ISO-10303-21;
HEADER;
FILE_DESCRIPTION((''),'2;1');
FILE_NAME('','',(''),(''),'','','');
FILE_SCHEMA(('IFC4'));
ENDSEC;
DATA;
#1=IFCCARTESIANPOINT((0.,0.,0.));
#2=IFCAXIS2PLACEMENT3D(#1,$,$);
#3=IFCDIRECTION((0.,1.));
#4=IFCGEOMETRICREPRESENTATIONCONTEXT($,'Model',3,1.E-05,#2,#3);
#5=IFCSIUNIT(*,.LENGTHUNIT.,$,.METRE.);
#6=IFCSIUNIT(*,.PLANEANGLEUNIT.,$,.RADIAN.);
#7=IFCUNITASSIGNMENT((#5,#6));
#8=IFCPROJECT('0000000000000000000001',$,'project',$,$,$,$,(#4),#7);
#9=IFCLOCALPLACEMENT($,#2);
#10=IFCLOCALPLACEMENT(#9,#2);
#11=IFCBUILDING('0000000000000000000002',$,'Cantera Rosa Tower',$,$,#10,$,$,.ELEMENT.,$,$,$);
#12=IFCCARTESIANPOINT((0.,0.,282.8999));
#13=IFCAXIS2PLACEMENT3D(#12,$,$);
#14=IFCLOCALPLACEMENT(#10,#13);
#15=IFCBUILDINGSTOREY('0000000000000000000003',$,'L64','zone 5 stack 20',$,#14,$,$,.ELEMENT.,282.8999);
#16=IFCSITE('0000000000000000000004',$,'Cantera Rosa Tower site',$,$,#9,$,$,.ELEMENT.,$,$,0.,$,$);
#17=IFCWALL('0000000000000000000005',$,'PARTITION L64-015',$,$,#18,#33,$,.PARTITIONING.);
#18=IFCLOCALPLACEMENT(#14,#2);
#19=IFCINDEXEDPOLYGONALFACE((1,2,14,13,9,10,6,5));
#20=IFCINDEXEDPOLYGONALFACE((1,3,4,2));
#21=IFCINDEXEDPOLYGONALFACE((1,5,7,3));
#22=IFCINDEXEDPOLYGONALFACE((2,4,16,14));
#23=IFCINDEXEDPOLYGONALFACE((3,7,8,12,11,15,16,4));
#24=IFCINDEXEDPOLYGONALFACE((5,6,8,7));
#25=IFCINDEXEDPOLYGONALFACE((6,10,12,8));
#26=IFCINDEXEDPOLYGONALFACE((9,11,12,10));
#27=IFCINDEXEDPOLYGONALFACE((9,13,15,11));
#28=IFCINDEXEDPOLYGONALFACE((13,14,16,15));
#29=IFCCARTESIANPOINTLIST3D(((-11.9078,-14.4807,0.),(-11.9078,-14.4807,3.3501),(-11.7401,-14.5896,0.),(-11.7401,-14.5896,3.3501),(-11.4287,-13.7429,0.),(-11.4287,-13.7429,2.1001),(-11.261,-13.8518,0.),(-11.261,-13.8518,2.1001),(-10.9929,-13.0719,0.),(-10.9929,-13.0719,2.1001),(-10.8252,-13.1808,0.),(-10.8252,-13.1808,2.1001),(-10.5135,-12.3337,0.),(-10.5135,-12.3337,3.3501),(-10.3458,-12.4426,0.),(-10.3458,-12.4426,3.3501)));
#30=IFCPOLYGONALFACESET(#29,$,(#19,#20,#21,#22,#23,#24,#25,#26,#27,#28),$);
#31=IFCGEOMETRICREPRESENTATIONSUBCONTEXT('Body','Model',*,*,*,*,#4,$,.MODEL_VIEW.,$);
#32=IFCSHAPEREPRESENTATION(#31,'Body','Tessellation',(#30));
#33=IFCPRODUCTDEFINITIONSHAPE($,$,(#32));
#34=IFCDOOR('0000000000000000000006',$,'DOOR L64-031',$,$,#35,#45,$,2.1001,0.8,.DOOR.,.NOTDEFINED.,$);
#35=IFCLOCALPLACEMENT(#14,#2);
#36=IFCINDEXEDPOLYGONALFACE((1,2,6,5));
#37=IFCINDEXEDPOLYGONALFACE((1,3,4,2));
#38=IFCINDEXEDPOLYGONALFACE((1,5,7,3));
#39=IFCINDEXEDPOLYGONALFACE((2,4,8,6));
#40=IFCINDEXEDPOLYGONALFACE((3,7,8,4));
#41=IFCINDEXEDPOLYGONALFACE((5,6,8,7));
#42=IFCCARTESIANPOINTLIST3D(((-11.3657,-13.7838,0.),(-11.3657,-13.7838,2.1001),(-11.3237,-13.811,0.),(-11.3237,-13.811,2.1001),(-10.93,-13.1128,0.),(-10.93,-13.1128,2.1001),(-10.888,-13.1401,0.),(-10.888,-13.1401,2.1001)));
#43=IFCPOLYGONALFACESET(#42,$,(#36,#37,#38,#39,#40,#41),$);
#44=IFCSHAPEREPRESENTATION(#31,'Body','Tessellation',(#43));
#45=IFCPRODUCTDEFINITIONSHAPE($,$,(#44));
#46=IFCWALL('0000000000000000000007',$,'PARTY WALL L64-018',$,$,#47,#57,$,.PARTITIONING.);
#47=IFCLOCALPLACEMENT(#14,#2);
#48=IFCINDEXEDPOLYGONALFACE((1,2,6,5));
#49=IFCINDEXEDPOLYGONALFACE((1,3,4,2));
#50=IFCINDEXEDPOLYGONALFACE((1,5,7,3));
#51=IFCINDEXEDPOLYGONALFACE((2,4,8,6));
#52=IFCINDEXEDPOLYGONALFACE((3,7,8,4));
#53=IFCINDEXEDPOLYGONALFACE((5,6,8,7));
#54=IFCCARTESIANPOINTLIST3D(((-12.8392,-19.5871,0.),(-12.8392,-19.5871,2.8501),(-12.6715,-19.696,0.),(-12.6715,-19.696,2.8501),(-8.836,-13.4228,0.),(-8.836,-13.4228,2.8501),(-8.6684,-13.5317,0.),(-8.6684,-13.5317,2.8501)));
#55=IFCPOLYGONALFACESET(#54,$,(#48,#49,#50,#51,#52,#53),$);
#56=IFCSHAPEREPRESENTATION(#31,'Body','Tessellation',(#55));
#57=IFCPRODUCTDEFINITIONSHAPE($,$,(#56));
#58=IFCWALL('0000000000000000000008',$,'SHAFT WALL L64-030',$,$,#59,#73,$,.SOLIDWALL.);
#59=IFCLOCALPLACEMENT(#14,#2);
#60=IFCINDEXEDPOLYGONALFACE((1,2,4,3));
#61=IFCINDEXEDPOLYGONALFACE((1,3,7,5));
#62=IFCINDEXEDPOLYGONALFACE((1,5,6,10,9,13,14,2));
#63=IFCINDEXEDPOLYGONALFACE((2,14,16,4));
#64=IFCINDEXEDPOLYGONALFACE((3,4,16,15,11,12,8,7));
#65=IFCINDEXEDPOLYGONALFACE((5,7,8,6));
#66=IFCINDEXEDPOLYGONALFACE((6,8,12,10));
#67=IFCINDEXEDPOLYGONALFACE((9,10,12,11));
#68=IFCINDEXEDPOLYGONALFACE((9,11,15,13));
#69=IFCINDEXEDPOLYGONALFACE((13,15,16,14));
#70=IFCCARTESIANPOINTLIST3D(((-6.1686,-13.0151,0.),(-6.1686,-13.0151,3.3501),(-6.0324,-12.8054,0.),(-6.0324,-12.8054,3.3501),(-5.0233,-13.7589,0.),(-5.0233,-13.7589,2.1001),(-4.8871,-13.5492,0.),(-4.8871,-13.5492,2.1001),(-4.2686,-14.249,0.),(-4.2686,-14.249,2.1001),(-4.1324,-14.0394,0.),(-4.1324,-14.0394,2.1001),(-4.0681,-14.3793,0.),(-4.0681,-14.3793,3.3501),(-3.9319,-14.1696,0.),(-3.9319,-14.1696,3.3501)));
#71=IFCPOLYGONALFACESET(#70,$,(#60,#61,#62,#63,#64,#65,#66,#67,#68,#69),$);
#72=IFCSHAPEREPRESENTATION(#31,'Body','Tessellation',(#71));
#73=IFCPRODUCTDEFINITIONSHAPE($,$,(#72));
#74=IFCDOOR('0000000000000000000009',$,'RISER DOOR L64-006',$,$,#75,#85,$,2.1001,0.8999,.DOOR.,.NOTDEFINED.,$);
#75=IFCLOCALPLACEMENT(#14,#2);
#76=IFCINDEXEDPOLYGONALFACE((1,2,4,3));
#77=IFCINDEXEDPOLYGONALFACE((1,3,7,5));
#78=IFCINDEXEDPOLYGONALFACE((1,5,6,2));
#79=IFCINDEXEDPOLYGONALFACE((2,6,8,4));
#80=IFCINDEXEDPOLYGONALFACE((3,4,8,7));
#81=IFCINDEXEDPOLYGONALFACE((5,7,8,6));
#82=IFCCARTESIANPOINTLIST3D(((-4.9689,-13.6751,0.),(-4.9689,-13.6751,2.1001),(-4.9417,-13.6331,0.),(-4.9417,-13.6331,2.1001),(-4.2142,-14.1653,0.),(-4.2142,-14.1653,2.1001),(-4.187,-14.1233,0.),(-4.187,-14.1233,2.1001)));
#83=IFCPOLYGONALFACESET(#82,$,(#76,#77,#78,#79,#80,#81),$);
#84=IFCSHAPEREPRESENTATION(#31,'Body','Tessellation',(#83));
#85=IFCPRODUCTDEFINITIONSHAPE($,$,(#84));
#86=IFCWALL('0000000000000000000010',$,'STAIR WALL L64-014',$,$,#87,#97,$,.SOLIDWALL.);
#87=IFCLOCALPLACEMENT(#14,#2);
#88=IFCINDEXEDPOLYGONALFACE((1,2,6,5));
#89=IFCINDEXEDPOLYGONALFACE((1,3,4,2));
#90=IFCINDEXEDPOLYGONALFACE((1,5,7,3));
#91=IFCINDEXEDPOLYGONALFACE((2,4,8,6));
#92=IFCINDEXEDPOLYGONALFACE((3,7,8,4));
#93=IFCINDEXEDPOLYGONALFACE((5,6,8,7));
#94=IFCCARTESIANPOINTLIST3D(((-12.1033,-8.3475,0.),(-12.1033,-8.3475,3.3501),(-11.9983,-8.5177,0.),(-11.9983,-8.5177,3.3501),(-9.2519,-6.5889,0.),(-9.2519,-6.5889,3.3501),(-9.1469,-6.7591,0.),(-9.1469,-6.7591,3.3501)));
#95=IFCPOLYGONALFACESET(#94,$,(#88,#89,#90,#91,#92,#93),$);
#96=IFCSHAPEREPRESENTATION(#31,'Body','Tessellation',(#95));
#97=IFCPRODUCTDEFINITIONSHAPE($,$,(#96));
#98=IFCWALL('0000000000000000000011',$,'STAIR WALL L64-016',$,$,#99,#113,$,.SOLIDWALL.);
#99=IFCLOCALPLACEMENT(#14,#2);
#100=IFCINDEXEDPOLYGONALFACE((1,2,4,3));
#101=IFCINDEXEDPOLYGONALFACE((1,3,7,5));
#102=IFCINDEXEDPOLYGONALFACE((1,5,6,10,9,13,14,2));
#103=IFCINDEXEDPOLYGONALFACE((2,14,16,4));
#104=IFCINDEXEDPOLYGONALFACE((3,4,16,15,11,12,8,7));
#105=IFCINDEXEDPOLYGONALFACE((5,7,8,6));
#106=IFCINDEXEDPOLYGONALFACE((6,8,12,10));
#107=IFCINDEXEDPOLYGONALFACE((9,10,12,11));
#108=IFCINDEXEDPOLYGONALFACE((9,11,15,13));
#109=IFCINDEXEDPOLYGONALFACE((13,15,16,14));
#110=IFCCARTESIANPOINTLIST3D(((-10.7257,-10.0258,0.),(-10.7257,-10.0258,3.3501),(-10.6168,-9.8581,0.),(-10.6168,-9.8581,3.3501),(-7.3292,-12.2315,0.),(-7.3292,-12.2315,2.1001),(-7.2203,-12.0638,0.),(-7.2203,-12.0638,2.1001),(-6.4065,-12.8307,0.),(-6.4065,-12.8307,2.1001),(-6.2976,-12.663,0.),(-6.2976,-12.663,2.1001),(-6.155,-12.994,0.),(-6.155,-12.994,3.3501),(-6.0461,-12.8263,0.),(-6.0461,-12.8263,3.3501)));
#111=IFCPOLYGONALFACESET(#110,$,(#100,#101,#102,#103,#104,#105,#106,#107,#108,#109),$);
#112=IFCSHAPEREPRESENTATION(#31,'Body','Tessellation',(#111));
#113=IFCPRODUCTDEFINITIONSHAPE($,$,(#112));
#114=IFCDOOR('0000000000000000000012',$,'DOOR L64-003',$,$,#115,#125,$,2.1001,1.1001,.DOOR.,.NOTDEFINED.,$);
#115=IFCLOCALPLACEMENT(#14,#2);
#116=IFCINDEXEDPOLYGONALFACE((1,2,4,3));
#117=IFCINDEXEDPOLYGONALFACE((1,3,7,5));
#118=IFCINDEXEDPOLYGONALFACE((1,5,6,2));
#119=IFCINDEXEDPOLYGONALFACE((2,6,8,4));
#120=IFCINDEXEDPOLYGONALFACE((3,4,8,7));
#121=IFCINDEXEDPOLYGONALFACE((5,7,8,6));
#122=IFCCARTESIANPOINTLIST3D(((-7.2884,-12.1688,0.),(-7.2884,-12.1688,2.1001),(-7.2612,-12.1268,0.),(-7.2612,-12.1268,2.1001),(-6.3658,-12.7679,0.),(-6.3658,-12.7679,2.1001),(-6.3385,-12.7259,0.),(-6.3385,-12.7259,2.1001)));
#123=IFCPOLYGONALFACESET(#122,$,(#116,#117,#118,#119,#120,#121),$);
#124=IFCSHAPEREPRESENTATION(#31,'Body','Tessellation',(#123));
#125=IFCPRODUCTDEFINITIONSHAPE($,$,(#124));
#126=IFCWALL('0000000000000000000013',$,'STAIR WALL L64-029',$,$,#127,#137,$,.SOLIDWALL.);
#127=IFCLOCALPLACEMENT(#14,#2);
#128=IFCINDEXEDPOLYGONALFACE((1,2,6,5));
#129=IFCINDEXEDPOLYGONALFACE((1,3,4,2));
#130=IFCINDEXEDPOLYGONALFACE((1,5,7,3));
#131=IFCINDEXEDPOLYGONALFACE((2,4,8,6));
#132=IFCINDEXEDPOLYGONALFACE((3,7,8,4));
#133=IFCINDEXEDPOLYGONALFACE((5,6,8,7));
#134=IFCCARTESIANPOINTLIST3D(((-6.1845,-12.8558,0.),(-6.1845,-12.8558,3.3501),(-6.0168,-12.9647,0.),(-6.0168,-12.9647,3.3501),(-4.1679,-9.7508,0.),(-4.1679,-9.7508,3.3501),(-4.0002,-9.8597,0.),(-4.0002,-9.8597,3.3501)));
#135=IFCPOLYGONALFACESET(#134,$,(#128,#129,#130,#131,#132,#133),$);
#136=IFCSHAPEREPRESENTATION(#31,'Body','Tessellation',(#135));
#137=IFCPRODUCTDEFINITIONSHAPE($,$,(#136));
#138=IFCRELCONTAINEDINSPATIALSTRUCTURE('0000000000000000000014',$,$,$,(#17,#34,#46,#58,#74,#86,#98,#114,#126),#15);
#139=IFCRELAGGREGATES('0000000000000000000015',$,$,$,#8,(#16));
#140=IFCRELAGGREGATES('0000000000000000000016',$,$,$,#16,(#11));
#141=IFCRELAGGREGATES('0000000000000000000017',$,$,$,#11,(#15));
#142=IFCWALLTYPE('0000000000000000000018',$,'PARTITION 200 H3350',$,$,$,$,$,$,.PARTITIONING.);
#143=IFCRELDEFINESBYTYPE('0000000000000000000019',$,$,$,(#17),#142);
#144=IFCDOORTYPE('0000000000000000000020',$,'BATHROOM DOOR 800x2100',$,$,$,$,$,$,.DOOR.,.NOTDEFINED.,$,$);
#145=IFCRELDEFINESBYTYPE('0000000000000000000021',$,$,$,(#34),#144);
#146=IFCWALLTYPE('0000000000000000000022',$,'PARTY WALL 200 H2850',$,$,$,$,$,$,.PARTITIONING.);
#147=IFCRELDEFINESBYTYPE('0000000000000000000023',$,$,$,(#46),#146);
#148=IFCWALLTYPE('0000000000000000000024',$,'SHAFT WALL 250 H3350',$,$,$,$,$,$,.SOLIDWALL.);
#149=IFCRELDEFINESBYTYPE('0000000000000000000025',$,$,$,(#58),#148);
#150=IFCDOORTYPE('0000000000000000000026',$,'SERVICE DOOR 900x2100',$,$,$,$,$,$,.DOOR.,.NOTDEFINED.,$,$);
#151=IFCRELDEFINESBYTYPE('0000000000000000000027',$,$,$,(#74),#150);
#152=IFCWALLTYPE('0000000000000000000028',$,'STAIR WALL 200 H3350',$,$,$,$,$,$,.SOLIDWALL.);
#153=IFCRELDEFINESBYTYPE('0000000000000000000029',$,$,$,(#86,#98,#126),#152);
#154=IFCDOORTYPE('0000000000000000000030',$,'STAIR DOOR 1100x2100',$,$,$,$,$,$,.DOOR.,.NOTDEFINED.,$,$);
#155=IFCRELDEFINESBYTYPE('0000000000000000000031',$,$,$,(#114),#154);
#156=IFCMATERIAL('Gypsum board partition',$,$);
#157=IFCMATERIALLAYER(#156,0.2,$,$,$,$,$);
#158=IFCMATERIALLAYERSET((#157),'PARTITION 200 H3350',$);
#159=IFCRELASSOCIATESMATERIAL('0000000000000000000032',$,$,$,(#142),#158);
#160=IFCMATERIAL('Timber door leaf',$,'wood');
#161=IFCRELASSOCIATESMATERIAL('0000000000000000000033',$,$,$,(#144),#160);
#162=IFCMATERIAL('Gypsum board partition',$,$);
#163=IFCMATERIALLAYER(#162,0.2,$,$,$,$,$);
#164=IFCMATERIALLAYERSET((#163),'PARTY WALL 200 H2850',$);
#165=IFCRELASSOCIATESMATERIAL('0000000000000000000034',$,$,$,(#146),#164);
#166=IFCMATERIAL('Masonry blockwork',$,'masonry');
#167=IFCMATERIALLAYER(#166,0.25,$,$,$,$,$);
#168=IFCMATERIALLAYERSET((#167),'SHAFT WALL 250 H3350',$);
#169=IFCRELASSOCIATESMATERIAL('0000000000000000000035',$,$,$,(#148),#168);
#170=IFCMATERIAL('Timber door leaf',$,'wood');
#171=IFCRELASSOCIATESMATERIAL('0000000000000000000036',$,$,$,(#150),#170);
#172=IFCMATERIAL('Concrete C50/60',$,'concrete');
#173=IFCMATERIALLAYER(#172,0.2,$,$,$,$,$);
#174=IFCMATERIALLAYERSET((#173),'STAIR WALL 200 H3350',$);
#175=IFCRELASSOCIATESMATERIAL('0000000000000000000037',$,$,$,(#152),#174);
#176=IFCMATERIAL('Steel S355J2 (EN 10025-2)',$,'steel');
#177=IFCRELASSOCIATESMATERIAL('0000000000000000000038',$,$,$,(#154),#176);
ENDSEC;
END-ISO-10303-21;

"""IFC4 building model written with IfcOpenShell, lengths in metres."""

from ifc_helpers import new_model, si_unit, direction, frame, frame_2d, origin, place, context, subcontext, project, spatial, rectangle, extrude, material, layer, layer_set, type_object, element, fill, save


model = new_model("IFC4")

# Units and contexts
model_context = context("Model", 3, precision=1e-05, world=origin(), true_north=direction((0.0, 1.0)))
body_context = subcontext(model_context, "Body", "Model", "MODEL_VIEW")
ifc_project = project(units=[si_unit("LENGTHUNIT", "METRE"), si_unit("PLANEANGLEUNIT", "RADIAN")], contexts=[model_context])

# Site, building, storey
site_placement = place(None, origin())
site = spatial("IfcSite", under=ifc_project, at=site_placement, Name="Cantera Rosa Tower site", CompositionType="ELEMENT", RefElevation=0.0)
building_placement = place(site_placement, origin())
building = spatial("IfcBuilding", under=site, at=building_placement, Name="Cantera Rosa Tower", CompositionType="ELEMENT")
storey_placement = place(building_placement, frame((0.0, 0.0, 282.8999)))
storey = spatial("IfcBuildingStorey", under=building, at=storey_placement, Name="L64", Description="zone 5 stack 20", CompositionType="ELEMENT", Elevation=282.8999)

# Wall, opening, door
ifc_material_1 = material(Name="Gypsum board partition")
ifc_layer_1 = layer(ifc_material_1, 0.2)
ifc_layer_set_1 = layer_set([ifc_layer_1], Name="PARTITION 200 H3350")
wall_type_1 = type_object("IfcWallType", Name="PARTITION 200 H3350", PredefinedType="PARTITIONING", material=ifc_layer_set_1)
wall_1_placement = place(storey_placement, frame((-11.824, -14.5352, 0.0), z_axis=(0.0, 0.0, 1.0), x_axis=(0.544646, 0.838666, 0.0)))
wall_1 = element("IfcWall", 1, at=wall_1_placement, inside=storey, type_object=wall_type_1, Name="PARTITION L64-015", PredefinedType="PARTITIONING", context=body_context, shape_type="SweptSolid", body=[
    extrude(rectangle(XDim=2.5601, YDim=0.2, at=frame_2d((1.28, 0.0))), origin(), (0.0, 0.0, 1.0), 3.3501),
])
opening_1_placement = place(wall_1_placement, frame((0.8799, 0.0, 0.0)))
opening_1 = element("IfcOpeningElement", 2, at=opening_1_placement, cuts=wall_1, PredefinedType="OPENING", context=body_context, shape_type="SweptSolid", body=[
    extrude(rectangle(XDim=0.8, YDim=2.1001, at=frame_2d((0.3999, 1.05))), frame((0.0, 0.1099, 0.0), z_axis=(0.0, -1.0, 0.0), x_axis=(1.0, 0.0, 0.0)), (0.0, 0.0, 1.0), 0.22),
])
ifc_material_2 = material(Name="Timber door leaf", Category="wood")
door_type_1 = type_object("IfcDoorType", Name="BATHROOM DOOR 800x2100", OperationType="NOTDEFINED", PredefinedType="DOOR", material=ifc_material_2)
door_1_placement = place(opening_1_placement, origin())
door_1 = element("IfcDoor", 3, at=door_1_placement, inside=storey, type_object=door_type_1, Name="DOOR L64-031", OperationType="NOTDEFINED", OverallHeight=2.1001, OverallWidth=0.8, PredefinedType="DOOR", context=body_context, shape_type="SweptSolid", body=[
    extrude(rectangle(XDim=0.8, YDim=2.1001, at=frame_2d((0.3999, 1.05))), frame((0.0, 0.0249, 0.0), z_axis=(0.0, -1.0, 0.0), x_axis=(1.0, 0.0, 0.0)), (0.0, 0.0, 1.0), 0.05),
])
fill(opening_1, door_1)

# Wall
ifc_material_3 = material(Name="Gypsum board partition")
ifc_layer_2 = layer(ifc_material_3, 0.2)
ifc_layer_set_2 = layer_set([ifc_layer_2], Name="PARTY WALL 200 H2850")
wall_type_2 = type_object("IfcWallType", Name="PARTY WALL 200 H2850", PredefinedType="PARTITIONING", material=ifc_layer_set_2)
wall_2_placement = place(storey_placement, frame((-8.7522, -13.4773, 0.0), z_axis=(0.0, 0.0, 1.0), x_axis=(-0.544642, -0.838669, 0.0)))
element("IfcWall", 4, at=wall_2_placement, inside=storey, type_object=wall_type_2, Name="PARTY WALL L64-018", PredefinedType="PARTITIONING", context=body_context, shape_type="SweptSolid", body=[
    extrude(rectangle(XDim=7.3501, YDim=0.2, at=frame_2d((3.675, 0.0))), origin(), (0.0, 0.0, 1.0), 2.8501),
])

# Wall, opening, door
ifc_material_4 = material(Name="Masonry blockwork", Category="masonry")
ifc_layer_3 = layer(ifc_material_4, 0.25)
ifc_layer_set_3 = layer_set([ifc_layer_3], Name="SHAFT WALL 250 H3350")
wall_type_3 = type_object("IfcWallType", Name="SHAFT WALL 250 H3350", PredefinedType="SOLIDWALL", material=ifc_layer_set_3)
wall_3_placement = place(storey_placement, frame((-6.1006, -12.9102, 0.0), z_axis=(0.0, 0.0, 1.0), x_axis=(0.838648, -0.544673, 0.0)))
wall_3 = element("IfcWall", 5, at=wall_3_placement, inside=storey, type_object=wall_type_3, Name="SHAFT WALL L64-030", PredefinedType="SOLIDWALL", context=body_context, shape_type="SweptSolid", body=[
    extrude(rectangle(XDim=2.5046, YDim=0.25, at=frame_2d((1.2524, 0.0))), origin(), (0.0, 0.0, 1.0), 3.3501),
])
opening_2_placement = place(wall_3_placement, frame((1.3657, 0.0, 0.0)))
opening_2 = element("IfcOpeningElement", 6, at=opening_2_placement, cuts=wall_3, PredefinedType="OPENING", context=body_context, shape_type="SweptSolid", body=[
    extrude(rectangle(XDim=0.8999, YDim=2.1001, at=frame_2d((0.45, 1.05))), frame((0.0, 0.135, 0.0), z_axis=(0.0, -1.0, 0.0), x_axis=(1.0, 0.0, 0.0)), (0.0, 0.0, 1.0), 0.27),
])
ifc_material_5 = material(Name="Timber door leaf", Category="wood")
door_type_2 = type_object("IfcDoorType", Name="SERVICE DOOR 900x2100", OperationType="NOTDEFINED", PredefinedType="DOOR", material=ifc_material_5)
door_2_placement = place(opening_2_placement, origin())
door_2 = element("IfcDoor", 7, at=door_2_placement, inside=storey, type_object=door_type_2, Name="RISER DOOR L64-006", OperationType="NOTDEFINED", OverallHeight=2.1001, OverallWidth=0.8999, PredefinedType="DOOR", context=body_context, shape_type="SweptSolid", body=[
    extrude(rectangle(XDim=0.8999, YDim=2.1001, at=frame_2d((0.45, 1.05))), frame((0.0, 0.0249, 0.0), z_axis=(0.0, -1.0, 0.0), x_axis=(1.0, 0.0, 0.0)), (0.0, 0.0, 1.0), 0.05),
])
fill(opening_2, door_2)

# Wall
ifc_material_6 = material(Name="Concrete C50/60", Category="concrete")
ifc_layer_4 = layer(ifc_material_6, 0.2)
ifc_layer_set_4 = layer_set([ifc_layer_4], Name="STAIR WALL 200 H3350")
wall_type_4 = type_object("IfcWallType", Name="STAIR WALL 200 H3350", PredefinedType="SOLIDWALL", material=ifc_layer_set_4)
wall_4_placement = place(storey_placement, frame((-12.0508, -8.4326, 0.0), z_axis=(0.0, 0.0, 1.0), x_axis=(0.85114, 0.524939, 0.0)))
element("IfcWall", 8, at=wall_4_placement, inside=storey, type_object=wall_type_4, Name="STAIR WALL L64-014", PredefinedType="SOLIDWALL", context=body_context, shape_type="SweptSolid", body=[
    extrude(rectangle(XDim=3.3501, YDim=0.2, at=frame_2d((1.675, 0.0))), origin(), (0.0, 0.0, 1.0), 3.3501),
])

# Wall, opening, door
wall_5_placement = place(storey_placement, frame((-10.6714, -9.9419, 0.0), z_axis=(0.0, 0.0, 1.0), x_axis=(0.838675, -0.544632, 0.0)))
wall_5 = element("IfcWall", 9, at=wall_5_placement, inside=storey, type_object=wall_type_4, Name="STAIR WALL L64-016", PredefinedType="SOLIDWALL", context=body_context, shape_type="SweptSolid", body=[
    extrude(rectangle(XDim=5.45, YDim=0.2, at=frame_2d((2.7251, 0.0))), origin(), (0.0, 0.0, 1.0), 3.3501),
])
opening_3_placement = place(wall_5_placement, frame((4.05, 0.0, 0.0)))
opening_3 = element("IfcOpeningElement", 10, at=opening_3_placement, cuts=wall_5, PredefinedType="OPENING", context=body_context, shape_type="SweptSolid", body=[
    extrude(rectangle(XDim=1.1001, YDim=2.1001, at=frame_2d((0.55, 1.05))), frame((0.0, 0.1099, 0.0), z_axis=(0.0, -1.0, 0.0), x_axis=(1.0, 0.0, 0.0)), (0.0, 0.0, 1.0), 0.22),
])
ifc_material_7 = material(Name="Steel S355J2 (EN 10025-2)", Category="steel")
door_type_3 = type_object("IfcDoorType", Name="STAIR DOOR 1100x2100", OperationType="NOTDEFINED", PredefinedType="DOOR", material=ifc_material_7)
door_3_placement = place(opening_3_placement, origin())
door_3 = element("IfcDoor", 11, at=door_3_placement, inside=storey, type_object=door_type_3, Name="DOOR L64-003", OperationType="NOTDEFINED", OverallHeight=2.1001, OverallWidth=1.1001, PredefinedType="DOOR", context=body_context, shape_type="SweptSolid", body=[
    extrude(rectangle(XDim=1.1001, YDim=2.1001, at=frame_2d((0.55, 1.05))), frame((0.0, 0.0249, 0.0), z_axis=(0.0, -1.0, 0.0), x_axis=(1.0, 0.0, 0.0)), (0.0, 0.0, 1.0), 0.05),
])
fill(opening_3, door_3)

# Wall
wall_6_placement = place(storey_placement, frame((-6.1006, -12.9102, 0.0), z_axis=(0.0, 0.0, 1.0), x_axis=(0.544678, 0.838645, 0.0)))
element("IfcWall", 12, at=wall_6_placement, inside=storey, type_object=wall_type_4, Name="STAIR WALL L64-029", PredefinedType="SOLIDWALL", context=body_context, shape_type="SweptSolid", body=[
    extrude(rectangle(XDim=3.7024, YDim=0.2, at=frame_2d((1.8511, 0.0))), origin(), (0.0, 0.0, 1.0), 3.3501),
])

save(model, "model.ifc")
